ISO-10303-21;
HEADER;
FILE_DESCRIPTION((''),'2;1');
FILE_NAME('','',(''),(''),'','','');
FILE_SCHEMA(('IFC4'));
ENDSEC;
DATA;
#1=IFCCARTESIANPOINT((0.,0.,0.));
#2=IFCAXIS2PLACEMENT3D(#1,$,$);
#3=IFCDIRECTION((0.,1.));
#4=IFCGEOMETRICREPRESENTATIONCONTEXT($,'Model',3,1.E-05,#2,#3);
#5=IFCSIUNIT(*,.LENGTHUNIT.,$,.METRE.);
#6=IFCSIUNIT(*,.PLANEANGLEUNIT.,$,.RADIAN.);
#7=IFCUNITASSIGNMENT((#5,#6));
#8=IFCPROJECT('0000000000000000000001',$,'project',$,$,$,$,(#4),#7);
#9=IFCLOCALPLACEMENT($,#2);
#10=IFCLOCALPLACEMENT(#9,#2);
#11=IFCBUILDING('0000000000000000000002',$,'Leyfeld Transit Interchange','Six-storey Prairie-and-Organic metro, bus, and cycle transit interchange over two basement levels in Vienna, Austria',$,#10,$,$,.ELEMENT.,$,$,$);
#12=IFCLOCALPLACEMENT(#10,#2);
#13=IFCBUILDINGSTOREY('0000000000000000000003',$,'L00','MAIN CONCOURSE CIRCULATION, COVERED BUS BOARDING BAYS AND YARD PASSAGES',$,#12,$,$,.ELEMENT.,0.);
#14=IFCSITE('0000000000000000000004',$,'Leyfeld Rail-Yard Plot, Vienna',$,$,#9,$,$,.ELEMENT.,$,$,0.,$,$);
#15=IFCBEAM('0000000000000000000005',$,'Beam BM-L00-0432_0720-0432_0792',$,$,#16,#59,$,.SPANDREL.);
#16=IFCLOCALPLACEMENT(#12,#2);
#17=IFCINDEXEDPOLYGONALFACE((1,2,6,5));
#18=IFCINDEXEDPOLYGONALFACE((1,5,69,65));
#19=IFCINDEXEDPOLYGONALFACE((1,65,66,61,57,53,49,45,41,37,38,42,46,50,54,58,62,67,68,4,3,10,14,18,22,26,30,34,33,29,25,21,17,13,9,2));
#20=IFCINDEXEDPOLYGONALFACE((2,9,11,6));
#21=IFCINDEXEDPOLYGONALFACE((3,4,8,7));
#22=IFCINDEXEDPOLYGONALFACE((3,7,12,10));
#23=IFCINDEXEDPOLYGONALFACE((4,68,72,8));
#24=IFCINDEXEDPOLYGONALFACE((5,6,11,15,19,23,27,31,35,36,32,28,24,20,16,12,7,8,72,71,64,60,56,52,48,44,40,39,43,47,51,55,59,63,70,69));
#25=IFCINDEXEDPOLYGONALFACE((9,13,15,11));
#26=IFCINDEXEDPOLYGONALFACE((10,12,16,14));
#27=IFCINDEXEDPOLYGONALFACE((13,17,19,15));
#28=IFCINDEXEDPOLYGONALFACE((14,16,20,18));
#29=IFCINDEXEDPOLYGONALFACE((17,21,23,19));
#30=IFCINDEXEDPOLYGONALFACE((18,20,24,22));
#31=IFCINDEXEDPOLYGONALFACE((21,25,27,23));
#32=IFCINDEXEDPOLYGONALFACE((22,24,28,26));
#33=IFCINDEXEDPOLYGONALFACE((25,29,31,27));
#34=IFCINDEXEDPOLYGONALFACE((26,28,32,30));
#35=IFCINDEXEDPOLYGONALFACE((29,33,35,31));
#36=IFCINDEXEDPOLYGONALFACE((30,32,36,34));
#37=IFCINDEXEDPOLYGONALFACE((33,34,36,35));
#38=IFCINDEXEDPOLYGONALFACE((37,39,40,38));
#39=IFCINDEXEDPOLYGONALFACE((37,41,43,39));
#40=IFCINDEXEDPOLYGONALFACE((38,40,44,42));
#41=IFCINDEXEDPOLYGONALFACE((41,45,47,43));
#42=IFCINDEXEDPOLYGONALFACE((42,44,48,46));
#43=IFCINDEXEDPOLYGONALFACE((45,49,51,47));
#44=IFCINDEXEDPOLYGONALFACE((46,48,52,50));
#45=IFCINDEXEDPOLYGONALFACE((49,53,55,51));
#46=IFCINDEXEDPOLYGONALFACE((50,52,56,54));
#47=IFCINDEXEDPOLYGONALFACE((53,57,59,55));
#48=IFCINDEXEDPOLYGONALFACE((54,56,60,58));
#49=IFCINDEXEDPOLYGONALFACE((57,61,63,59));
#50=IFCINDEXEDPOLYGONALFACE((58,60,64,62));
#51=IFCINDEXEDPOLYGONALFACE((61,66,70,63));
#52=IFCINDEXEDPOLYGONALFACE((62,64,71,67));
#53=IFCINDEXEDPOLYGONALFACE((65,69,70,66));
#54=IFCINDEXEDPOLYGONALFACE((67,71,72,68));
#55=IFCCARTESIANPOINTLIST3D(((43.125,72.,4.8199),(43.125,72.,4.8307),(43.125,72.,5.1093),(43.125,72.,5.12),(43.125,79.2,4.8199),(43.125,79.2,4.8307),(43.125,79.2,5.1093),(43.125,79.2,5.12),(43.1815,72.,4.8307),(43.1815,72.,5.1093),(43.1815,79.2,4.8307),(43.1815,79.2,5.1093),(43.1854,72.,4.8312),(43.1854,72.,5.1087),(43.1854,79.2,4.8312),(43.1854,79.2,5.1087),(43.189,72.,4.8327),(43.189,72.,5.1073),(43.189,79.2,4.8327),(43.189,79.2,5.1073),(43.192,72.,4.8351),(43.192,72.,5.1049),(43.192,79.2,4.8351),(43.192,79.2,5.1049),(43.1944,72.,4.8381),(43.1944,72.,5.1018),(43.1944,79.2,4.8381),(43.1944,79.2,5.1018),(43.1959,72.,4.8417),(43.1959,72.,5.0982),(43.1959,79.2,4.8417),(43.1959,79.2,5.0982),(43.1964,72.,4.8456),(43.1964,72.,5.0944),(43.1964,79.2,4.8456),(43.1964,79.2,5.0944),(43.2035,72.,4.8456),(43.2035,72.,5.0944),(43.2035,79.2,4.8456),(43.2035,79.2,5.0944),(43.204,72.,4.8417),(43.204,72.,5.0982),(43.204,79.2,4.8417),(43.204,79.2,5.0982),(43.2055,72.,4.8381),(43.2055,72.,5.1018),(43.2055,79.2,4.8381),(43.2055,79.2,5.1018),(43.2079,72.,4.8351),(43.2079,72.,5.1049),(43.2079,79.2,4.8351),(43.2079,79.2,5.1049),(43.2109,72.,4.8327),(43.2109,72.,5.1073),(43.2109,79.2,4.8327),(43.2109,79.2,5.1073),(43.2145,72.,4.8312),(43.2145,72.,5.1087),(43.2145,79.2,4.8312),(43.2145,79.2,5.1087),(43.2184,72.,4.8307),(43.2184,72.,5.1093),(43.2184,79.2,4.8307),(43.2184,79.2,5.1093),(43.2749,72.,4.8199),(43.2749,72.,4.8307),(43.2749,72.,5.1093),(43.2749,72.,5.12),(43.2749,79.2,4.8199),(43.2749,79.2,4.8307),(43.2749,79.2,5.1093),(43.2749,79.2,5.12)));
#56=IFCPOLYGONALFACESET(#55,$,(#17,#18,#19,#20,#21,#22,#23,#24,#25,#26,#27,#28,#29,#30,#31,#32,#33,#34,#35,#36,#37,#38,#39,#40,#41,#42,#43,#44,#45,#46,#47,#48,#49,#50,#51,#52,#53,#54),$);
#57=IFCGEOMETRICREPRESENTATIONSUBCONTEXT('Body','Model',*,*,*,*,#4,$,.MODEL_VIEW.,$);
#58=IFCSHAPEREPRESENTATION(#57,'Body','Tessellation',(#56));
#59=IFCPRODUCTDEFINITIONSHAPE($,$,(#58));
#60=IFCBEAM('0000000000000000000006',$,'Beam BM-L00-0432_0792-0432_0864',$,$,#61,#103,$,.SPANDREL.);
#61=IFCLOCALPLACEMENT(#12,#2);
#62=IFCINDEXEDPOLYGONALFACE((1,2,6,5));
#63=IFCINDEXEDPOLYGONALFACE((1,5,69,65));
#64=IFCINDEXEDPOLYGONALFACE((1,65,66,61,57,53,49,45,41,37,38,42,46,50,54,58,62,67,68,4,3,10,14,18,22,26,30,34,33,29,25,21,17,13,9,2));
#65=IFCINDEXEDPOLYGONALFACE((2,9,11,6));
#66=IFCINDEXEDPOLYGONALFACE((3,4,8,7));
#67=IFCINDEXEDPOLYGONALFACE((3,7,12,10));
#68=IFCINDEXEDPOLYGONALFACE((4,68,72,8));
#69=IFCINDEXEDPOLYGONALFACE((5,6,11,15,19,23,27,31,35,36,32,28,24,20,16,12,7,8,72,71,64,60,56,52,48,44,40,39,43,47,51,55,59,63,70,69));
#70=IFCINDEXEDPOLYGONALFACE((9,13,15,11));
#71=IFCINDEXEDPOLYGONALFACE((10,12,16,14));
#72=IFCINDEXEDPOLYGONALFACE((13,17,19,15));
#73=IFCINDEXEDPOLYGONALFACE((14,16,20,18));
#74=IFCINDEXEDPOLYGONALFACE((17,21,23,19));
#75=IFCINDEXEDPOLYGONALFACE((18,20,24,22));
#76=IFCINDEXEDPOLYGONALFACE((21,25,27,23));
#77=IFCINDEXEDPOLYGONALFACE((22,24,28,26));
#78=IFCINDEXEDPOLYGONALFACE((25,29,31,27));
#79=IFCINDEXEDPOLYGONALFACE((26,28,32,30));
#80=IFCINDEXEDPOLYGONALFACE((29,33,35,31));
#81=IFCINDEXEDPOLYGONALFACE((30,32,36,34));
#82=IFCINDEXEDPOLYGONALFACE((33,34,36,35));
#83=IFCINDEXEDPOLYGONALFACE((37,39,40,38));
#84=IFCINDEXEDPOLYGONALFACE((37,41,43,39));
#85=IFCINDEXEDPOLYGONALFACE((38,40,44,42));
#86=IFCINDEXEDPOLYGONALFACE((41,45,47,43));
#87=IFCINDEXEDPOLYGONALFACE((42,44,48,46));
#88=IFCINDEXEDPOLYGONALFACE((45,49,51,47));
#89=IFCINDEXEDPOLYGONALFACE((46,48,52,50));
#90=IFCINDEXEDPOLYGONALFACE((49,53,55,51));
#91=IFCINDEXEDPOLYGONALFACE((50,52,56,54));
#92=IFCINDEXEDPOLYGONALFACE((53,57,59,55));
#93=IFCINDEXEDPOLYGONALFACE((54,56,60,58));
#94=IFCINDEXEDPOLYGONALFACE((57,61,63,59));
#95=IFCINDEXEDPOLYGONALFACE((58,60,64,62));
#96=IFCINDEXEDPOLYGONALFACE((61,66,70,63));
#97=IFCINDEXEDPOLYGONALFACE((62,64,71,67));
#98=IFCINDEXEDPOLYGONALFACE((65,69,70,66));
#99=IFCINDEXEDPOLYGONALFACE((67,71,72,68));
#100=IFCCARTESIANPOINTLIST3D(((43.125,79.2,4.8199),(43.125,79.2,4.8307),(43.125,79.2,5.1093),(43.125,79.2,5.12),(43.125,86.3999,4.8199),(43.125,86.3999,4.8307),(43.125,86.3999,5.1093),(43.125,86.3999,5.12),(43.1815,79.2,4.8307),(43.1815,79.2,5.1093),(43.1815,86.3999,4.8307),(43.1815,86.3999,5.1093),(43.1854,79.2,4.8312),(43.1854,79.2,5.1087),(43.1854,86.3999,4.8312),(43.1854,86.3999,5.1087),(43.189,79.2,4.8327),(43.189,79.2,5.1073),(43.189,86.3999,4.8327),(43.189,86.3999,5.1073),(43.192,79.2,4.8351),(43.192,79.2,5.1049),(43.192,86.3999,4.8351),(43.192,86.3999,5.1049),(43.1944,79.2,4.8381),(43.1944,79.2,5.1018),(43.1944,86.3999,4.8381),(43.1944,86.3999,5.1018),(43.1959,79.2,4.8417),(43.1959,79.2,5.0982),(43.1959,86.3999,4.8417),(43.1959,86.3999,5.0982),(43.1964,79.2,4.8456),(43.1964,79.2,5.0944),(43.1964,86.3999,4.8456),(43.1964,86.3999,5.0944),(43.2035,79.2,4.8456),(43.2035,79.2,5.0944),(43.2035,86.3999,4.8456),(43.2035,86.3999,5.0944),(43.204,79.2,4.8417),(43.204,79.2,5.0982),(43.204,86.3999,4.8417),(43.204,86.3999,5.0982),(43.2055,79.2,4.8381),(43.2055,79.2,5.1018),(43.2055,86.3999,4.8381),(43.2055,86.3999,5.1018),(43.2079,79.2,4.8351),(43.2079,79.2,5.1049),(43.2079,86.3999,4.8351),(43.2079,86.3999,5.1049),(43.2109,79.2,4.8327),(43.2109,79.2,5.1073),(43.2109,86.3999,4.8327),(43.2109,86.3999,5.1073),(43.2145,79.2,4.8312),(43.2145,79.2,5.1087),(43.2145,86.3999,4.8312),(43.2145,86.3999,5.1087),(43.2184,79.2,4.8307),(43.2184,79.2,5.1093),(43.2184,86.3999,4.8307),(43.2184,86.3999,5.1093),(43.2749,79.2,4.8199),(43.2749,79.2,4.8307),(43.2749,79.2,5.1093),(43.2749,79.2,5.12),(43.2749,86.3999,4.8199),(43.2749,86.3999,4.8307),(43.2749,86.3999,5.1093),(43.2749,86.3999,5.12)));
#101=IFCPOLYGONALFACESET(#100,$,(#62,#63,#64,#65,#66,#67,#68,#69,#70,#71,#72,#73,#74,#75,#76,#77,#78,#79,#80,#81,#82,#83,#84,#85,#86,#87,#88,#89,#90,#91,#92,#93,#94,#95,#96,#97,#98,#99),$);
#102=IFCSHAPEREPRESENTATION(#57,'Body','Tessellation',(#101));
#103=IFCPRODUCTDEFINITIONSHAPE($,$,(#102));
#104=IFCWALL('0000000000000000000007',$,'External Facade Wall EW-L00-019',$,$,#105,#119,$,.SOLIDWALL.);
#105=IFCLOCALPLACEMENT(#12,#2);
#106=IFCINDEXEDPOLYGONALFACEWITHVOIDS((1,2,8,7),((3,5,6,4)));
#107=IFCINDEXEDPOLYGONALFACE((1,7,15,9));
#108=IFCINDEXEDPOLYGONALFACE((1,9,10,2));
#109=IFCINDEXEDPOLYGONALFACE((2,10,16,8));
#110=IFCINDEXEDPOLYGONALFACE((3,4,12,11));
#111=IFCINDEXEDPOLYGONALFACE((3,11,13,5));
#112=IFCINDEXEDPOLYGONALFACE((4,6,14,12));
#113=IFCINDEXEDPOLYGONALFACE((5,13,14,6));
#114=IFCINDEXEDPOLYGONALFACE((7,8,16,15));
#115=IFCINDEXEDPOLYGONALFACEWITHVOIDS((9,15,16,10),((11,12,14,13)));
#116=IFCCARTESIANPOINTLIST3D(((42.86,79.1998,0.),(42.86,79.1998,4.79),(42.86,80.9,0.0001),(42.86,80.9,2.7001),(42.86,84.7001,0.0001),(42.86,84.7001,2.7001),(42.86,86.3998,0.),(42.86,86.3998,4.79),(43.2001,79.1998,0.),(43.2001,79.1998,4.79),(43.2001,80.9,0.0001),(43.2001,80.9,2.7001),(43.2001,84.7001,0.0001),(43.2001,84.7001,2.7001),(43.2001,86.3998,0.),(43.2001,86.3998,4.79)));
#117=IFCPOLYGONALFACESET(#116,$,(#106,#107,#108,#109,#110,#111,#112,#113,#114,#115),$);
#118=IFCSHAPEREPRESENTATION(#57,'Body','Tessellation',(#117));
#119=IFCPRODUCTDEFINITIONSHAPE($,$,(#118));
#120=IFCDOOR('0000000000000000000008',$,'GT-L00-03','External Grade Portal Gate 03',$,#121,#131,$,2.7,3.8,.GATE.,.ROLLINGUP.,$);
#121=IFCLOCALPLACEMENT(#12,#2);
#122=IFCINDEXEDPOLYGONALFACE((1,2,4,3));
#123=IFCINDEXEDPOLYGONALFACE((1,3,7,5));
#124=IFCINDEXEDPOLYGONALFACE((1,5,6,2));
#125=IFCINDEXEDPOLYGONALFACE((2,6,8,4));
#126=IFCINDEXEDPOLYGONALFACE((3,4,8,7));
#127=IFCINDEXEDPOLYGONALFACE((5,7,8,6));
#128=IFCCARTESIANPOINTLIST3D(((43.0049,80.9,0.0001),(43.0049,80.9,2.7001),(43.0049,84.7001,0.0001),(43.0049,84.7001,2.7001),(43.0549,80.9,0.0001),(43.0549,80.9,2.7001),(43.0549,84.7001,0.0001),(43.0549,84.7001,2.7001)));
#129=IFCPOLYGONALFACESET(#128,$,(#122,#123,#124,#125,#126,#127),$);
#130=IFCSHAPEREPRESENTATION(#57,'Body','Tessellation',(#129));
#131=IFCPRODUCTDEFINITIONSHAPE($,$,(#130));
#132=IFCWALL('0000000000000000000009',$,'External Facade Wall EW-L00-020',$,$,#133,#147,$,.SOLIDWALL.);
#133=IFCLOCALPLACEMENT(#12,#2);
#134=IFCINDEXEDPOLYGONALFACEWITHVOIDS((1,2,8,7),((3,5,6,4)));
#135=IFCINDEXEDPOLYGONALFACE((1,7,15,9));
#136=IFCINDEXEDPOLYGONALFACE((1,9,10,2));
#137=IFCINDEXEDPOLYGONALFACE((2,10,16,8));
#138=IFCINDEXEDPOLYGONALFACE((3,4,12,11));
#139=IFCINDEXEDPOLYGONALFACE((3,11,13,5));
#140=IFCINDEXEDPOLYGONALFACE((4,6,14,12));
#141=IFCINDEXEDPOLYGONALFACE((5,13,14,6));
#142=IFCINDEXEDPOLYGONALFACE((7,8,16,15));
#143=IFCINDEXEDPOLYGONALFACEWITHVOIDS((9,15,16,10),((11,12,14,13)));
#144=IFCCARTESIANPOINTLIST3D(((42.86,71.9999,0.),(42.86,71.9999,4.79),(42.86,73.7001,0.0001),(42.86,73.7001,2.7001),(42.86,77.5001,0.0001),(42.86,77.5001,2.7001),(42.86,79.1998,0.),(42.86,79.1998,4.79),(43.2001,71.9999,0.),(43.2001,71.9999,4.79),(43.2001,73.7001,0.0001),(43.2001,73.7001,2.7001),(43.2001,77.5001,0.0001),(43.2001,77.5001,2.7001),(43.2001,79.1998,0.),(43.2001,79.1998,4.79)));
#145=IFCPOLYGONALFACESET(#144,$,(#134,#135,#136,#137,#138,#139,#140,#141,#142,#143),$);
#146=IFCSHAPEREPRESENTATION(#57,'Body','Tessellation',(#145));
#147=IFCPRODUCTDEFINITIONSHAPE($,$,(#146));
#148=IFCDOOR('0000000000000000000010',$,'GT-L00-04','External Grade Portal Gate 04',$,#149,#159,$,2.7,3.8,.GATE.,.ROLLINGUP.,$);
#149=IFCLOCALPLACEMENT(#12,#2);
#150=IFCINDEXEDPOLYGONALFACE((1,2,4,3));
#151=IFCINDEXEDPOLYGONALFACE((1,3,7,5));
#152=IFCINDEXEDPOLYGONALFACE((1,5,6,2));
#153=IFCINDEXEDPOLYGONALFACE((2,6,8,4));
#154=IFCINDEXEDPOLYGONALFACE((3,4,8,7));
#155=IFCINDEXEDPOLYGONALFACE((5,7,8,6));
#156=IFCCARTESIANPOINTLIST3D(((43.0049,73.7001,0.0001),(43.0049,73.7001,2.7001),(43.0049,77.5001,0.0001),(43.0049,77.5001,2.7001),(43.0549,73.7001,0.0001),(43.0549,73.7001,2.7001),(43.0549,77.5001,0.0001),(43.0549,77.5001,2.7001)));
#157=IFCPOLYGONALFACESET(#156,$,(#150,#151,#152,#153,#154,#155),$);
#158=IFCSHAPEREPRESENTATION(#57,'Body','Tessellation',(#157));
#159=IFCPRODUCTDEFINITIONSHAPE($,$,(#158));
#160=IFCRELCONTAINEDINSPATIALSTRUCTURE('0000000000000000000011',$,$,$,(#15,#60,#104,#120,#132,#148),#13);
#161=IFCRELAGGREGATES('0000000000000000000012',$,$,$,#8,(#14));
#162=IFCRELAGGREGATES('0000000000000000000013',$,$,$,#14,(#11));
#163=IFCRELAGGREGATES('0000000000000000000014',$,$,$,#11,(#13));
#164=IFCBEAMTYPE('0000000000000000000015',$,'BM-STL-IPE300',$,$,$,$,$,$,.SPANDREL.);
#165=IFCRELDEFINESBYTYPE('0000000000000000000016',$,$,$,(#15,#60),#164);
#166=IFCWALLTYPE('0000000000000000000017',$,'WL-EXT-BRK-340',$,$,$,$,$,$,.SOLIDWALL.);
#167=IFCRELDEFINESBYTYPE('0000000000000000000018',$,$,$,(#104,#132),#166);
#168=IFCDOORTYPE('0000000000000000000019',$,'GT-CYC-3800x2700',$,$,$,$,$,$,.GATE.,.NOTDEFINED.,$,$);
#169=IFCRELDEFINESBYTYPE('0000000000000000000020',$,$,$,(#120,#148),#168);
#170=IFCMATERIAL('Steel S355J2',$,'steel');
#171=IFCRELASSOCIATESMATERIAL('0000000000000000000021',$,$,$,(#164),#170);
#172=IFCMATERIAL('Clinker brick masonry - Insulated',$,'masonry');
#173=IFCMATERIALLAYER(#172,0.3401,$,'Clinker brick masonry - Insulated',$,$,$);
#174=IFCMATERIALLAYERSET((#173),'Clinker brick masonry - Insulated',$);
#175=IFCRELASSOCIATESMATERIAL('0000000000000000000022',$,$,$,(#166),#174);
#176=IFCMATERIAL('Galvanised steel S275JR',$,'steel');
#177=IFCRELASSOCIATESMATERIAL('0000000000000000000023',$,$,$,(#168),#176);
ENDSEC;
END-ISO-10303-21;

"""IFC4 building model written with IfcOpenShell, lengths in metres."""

from ifc_helpers import new_model, si_unit, direction, frame, frame_2d, origin, origin_2d, place, context, subcontext, project, spatial, rectangle, i_section, extrude, material, layer, layer_set, material_profile, profile_set, type_object, element, fill, save


model = new_model("IFC4")

# Units and contexts
model_context = context("Model", 3, precision=1e-05, world=origin(), true_north=direction((0.0, 1.0)))
body_context = subcontext(model_context, "Body", "Model", "MODEL_VIEW")
ifc_project = project(units=[si_unit("LENGTHUNIT", "METRE"), si_unit("PLANEANGLEUNIT", "RADIAN")], contexts=[model_context])

# Site, building, storey
site_placement = place(None, origin())
site = spatial("IfcSite", under=ifc_project, at=site_placement, Name="Leyfeld Rail-Yard Plot, Vienna", CompositionType="ELEMENT", RefElevation=0.0)
building_placement = place(site_placement, origin())
building = spatial("IfcBuilding", under=site, at=building_placement, Name="Leyfeld Transit Interchange", Description="Six-storey Prairie-and-Organic metro, bus, and cycle transit interchange over two basement levels in Vienna, Austria", CompositionType="ELEMENT")
storey_placement = place(building_placement, origin())
storey = spatial("IfcBuildingStorey", under=building, at=storey_placement, Name="L00", Description="MAIN CONCOURSE CIRCULATION, COVERED BUS BOARDING BAYS AND YARD PASSAGES", CompositionType="ELEMENT", Elevation=0.0)

# Beams
ifc_material_1 = material(Name="Steel S355J2", Category="steel")
ifc_material_profile_1 = material_profile(ifc_material_1, i_section(OverallWidth=0.1499, OverallDepth=0.3, WebThickness=0.0071, FlangeThickness=0.0107, FilletRadius=0.0149, at=origin_2d()), Name="IPE 300")
ifc_profile_set_1 = profile_set([ifc_material_profile_1], Name="Steel S355J2")
beam_type = type_object("IfcBeamType", Name="BM-STL-IPE300", PredefinedType="SPANDREL", material=ifc_profile_set_1)
for number, where, z_axis, x_axis, name in (
    (1, (43.2, 72.0, 4.97), (0.0, 1.0, 0.0), (-1.0, 0.0, 0.0), "Beam BM-L00-0432_0720-0432_0792"),
    (2, (43.2, 79.2, 4.97), (0.0, 1.0, 0.0), (-1.0, 0.0, 0.0), "Beam BM-L00-0432_0792-0432_0864"),
):
    element("IfcBeam", number, at=place(storey_placement, frame(where, z_axis=z_axis, x_axis=x_axis)), inside=storey, type_object=beam_type, Name=name, PredefinedType="SPANDREL", context=body_context, shape_type="SweptSolid", body=[
        extrude(i_section(OverallWidth=0.1499, OverallDepth=0.3, WebThickness=0.0071, FlangeThickness=0.0107, FilletRadius=0.0149, at=origin_2d()), origin(), (0.0, 0.0, 1.0), 7.2),
    ])

# Walls, openings, doors
ifc_material_2 = material(Name="Clinker brick masonry - Insulated", Category="masonry")
ifc_layer = layer(ifc_material_2, 0.3401, Name="Clinker brick masonry - Insulated")
ifc_layer_set = layer_set([ifc_layer], Name="Clinker brick masonry - Insulated")
wall_type = type_object("IfcWallType", Name="WL-EXT-BRK-340", PredefinedType="SOLIDWALL", material=ifc_layer_set)
wall_1_placement = place(storey_placement, frame((43.03, 86.3999, 0.0), z_axis=(0.0, 0.0, 1.0), x_axis=(0.0, -1.0, 0.0)))
wall_1 = element("IfcWall", 3, at=wall_1_placement, inside=storey, type_object=wall_type, Name="External Facade Wall EW-L00-019", PredefinedType="SOLIDWALL", context=body_context, shape_type="SweptSolid", body=[
    extrude(rectangle(XDim=7.2, YDim=0.3401, at=frame_2d((3.6001, 0.0))), origin(), (0.0, 0.0, 1.0), 4.79),
])
opening_1_placement = place(wall_1_placement, frame((1.7, 0.0, 0.0)))
opening_1 = element("IfcOpeningElement", 4, at=opening_1_placement, cuts=wall_1, PredefinedType="OPENING", context=body_context, shape_type="SweptSolid", body=[
    extrude(rectangle(XDim=3.8, YDim=2.7, at=frame_2d((1.8999, 1.3501))), frame((0.0, 0.1799, 0.0), z_axis=(0.0, -1.0, 0.0), x_axis=(1.0, 0.0, 0.0)), (0.0, 0.0, 1.0), 0.3601),
])
ifc_material_3 = material(Name="Galvanised steel S275JR", Category="steel")
door_type_1 = type_object("IfcDoorType", Name="GT-CYC-3800x2700", OperationType="NOTDEFINED", PredefinedType="GATE", material=ifc_material_3)
door_1_placement = place(opening_1_placement, origin())
door_1 = element("IfcDoor", 5, at=door_1_placement, inside=storey, type_object=door_type_1, Name="GT-L00-03", Description="External Grade Portal Gate 03", OperationType="ROLLINGUP", OverallHeight=2.7, OverallWidth=3.8, PredefinedType="GATE", context=body_context, shape_type="SweptSolid", body=[
    extrude(rectangle(XDim=3.8, YDim=2.7, at=frame_2d((1.8999, 1.3501))), frame((0.0, 0.0249, 0.0), z_axis=(0.0, -1.0, 0.0), x_axis=(1.0, 0.0, 0.0)), (0.0, 0.0, 1.0), 0.05),
])
fill(opening_1, door_1)
wall_2_placement = place(storey_placement, frame((43.03, 79.2, 0.0), z_axis=(0.0, 0.0, 1.0), x_axis=(0.0, -1.0, 0.0)))
wall_2 = element("IfcWall", 6, at=wall_2_placement, inside=storey, type_object=wall_type, Name="External Facade Wall EW-L00-020", PredefinedType="SOLIDWALL", context=body_context, shape_type="SweptSolid", body=[
    extrude(rectangle(XDim=7.2, YDim=0.3401, at=frame_2d((3.6001, 0.0))), origin(), (0.0, 0.0, 1.0), 4.79),
])
opening_2_placement = place(wall_2_placement, frame((1.7, 0.0, 0.0)))
opening_2 = element("IfcOpeningElement", 7, at=opening_2_placement, cuts=wall_2, PredefinedType="OPENING", context=body_context, shape_type="SweptSolid", body=[
    extrude(rectangle(XDim=3.8, YDim=2.7, at=frame_2d((1.8999, 1.3501))), frame((0.0, 0.1799, 0.0), z_axis=(0.0, -1.0, 0.0), x_axis=(1.0, 0.0, 0.0)), (0.0, 0.0, 1.0), 0.3601),
])
door_2_placement = place(opening_2_placement, origin())
door_2 = element("IfcDoor", 8, at=door_2_placement, inside=storey, type_object=door_type_1, Name="GT-L00-04", Description="External Grade Portal Gate 04", OperationType="ROLLINGUP", OverallHeight=2.7, OverallWidth=3.8, PredefinedType="GATE", context=body_context, shape_type="SweptSolid", body=[
    extrude(rectangle(XDim=3.8, YDim=2.7, at=frame_2d((1.8999, 1.3501))), frame((0.0, 0.0249, 0.0), z_axis=(0.0, -1.0, 0.0), x_axis=(1.0, 0.0, 0.0)), (0.0, 0.0, 1.0), 0.05),
])
fill(opening_2, door_2)

save(model, "model.ifc")
